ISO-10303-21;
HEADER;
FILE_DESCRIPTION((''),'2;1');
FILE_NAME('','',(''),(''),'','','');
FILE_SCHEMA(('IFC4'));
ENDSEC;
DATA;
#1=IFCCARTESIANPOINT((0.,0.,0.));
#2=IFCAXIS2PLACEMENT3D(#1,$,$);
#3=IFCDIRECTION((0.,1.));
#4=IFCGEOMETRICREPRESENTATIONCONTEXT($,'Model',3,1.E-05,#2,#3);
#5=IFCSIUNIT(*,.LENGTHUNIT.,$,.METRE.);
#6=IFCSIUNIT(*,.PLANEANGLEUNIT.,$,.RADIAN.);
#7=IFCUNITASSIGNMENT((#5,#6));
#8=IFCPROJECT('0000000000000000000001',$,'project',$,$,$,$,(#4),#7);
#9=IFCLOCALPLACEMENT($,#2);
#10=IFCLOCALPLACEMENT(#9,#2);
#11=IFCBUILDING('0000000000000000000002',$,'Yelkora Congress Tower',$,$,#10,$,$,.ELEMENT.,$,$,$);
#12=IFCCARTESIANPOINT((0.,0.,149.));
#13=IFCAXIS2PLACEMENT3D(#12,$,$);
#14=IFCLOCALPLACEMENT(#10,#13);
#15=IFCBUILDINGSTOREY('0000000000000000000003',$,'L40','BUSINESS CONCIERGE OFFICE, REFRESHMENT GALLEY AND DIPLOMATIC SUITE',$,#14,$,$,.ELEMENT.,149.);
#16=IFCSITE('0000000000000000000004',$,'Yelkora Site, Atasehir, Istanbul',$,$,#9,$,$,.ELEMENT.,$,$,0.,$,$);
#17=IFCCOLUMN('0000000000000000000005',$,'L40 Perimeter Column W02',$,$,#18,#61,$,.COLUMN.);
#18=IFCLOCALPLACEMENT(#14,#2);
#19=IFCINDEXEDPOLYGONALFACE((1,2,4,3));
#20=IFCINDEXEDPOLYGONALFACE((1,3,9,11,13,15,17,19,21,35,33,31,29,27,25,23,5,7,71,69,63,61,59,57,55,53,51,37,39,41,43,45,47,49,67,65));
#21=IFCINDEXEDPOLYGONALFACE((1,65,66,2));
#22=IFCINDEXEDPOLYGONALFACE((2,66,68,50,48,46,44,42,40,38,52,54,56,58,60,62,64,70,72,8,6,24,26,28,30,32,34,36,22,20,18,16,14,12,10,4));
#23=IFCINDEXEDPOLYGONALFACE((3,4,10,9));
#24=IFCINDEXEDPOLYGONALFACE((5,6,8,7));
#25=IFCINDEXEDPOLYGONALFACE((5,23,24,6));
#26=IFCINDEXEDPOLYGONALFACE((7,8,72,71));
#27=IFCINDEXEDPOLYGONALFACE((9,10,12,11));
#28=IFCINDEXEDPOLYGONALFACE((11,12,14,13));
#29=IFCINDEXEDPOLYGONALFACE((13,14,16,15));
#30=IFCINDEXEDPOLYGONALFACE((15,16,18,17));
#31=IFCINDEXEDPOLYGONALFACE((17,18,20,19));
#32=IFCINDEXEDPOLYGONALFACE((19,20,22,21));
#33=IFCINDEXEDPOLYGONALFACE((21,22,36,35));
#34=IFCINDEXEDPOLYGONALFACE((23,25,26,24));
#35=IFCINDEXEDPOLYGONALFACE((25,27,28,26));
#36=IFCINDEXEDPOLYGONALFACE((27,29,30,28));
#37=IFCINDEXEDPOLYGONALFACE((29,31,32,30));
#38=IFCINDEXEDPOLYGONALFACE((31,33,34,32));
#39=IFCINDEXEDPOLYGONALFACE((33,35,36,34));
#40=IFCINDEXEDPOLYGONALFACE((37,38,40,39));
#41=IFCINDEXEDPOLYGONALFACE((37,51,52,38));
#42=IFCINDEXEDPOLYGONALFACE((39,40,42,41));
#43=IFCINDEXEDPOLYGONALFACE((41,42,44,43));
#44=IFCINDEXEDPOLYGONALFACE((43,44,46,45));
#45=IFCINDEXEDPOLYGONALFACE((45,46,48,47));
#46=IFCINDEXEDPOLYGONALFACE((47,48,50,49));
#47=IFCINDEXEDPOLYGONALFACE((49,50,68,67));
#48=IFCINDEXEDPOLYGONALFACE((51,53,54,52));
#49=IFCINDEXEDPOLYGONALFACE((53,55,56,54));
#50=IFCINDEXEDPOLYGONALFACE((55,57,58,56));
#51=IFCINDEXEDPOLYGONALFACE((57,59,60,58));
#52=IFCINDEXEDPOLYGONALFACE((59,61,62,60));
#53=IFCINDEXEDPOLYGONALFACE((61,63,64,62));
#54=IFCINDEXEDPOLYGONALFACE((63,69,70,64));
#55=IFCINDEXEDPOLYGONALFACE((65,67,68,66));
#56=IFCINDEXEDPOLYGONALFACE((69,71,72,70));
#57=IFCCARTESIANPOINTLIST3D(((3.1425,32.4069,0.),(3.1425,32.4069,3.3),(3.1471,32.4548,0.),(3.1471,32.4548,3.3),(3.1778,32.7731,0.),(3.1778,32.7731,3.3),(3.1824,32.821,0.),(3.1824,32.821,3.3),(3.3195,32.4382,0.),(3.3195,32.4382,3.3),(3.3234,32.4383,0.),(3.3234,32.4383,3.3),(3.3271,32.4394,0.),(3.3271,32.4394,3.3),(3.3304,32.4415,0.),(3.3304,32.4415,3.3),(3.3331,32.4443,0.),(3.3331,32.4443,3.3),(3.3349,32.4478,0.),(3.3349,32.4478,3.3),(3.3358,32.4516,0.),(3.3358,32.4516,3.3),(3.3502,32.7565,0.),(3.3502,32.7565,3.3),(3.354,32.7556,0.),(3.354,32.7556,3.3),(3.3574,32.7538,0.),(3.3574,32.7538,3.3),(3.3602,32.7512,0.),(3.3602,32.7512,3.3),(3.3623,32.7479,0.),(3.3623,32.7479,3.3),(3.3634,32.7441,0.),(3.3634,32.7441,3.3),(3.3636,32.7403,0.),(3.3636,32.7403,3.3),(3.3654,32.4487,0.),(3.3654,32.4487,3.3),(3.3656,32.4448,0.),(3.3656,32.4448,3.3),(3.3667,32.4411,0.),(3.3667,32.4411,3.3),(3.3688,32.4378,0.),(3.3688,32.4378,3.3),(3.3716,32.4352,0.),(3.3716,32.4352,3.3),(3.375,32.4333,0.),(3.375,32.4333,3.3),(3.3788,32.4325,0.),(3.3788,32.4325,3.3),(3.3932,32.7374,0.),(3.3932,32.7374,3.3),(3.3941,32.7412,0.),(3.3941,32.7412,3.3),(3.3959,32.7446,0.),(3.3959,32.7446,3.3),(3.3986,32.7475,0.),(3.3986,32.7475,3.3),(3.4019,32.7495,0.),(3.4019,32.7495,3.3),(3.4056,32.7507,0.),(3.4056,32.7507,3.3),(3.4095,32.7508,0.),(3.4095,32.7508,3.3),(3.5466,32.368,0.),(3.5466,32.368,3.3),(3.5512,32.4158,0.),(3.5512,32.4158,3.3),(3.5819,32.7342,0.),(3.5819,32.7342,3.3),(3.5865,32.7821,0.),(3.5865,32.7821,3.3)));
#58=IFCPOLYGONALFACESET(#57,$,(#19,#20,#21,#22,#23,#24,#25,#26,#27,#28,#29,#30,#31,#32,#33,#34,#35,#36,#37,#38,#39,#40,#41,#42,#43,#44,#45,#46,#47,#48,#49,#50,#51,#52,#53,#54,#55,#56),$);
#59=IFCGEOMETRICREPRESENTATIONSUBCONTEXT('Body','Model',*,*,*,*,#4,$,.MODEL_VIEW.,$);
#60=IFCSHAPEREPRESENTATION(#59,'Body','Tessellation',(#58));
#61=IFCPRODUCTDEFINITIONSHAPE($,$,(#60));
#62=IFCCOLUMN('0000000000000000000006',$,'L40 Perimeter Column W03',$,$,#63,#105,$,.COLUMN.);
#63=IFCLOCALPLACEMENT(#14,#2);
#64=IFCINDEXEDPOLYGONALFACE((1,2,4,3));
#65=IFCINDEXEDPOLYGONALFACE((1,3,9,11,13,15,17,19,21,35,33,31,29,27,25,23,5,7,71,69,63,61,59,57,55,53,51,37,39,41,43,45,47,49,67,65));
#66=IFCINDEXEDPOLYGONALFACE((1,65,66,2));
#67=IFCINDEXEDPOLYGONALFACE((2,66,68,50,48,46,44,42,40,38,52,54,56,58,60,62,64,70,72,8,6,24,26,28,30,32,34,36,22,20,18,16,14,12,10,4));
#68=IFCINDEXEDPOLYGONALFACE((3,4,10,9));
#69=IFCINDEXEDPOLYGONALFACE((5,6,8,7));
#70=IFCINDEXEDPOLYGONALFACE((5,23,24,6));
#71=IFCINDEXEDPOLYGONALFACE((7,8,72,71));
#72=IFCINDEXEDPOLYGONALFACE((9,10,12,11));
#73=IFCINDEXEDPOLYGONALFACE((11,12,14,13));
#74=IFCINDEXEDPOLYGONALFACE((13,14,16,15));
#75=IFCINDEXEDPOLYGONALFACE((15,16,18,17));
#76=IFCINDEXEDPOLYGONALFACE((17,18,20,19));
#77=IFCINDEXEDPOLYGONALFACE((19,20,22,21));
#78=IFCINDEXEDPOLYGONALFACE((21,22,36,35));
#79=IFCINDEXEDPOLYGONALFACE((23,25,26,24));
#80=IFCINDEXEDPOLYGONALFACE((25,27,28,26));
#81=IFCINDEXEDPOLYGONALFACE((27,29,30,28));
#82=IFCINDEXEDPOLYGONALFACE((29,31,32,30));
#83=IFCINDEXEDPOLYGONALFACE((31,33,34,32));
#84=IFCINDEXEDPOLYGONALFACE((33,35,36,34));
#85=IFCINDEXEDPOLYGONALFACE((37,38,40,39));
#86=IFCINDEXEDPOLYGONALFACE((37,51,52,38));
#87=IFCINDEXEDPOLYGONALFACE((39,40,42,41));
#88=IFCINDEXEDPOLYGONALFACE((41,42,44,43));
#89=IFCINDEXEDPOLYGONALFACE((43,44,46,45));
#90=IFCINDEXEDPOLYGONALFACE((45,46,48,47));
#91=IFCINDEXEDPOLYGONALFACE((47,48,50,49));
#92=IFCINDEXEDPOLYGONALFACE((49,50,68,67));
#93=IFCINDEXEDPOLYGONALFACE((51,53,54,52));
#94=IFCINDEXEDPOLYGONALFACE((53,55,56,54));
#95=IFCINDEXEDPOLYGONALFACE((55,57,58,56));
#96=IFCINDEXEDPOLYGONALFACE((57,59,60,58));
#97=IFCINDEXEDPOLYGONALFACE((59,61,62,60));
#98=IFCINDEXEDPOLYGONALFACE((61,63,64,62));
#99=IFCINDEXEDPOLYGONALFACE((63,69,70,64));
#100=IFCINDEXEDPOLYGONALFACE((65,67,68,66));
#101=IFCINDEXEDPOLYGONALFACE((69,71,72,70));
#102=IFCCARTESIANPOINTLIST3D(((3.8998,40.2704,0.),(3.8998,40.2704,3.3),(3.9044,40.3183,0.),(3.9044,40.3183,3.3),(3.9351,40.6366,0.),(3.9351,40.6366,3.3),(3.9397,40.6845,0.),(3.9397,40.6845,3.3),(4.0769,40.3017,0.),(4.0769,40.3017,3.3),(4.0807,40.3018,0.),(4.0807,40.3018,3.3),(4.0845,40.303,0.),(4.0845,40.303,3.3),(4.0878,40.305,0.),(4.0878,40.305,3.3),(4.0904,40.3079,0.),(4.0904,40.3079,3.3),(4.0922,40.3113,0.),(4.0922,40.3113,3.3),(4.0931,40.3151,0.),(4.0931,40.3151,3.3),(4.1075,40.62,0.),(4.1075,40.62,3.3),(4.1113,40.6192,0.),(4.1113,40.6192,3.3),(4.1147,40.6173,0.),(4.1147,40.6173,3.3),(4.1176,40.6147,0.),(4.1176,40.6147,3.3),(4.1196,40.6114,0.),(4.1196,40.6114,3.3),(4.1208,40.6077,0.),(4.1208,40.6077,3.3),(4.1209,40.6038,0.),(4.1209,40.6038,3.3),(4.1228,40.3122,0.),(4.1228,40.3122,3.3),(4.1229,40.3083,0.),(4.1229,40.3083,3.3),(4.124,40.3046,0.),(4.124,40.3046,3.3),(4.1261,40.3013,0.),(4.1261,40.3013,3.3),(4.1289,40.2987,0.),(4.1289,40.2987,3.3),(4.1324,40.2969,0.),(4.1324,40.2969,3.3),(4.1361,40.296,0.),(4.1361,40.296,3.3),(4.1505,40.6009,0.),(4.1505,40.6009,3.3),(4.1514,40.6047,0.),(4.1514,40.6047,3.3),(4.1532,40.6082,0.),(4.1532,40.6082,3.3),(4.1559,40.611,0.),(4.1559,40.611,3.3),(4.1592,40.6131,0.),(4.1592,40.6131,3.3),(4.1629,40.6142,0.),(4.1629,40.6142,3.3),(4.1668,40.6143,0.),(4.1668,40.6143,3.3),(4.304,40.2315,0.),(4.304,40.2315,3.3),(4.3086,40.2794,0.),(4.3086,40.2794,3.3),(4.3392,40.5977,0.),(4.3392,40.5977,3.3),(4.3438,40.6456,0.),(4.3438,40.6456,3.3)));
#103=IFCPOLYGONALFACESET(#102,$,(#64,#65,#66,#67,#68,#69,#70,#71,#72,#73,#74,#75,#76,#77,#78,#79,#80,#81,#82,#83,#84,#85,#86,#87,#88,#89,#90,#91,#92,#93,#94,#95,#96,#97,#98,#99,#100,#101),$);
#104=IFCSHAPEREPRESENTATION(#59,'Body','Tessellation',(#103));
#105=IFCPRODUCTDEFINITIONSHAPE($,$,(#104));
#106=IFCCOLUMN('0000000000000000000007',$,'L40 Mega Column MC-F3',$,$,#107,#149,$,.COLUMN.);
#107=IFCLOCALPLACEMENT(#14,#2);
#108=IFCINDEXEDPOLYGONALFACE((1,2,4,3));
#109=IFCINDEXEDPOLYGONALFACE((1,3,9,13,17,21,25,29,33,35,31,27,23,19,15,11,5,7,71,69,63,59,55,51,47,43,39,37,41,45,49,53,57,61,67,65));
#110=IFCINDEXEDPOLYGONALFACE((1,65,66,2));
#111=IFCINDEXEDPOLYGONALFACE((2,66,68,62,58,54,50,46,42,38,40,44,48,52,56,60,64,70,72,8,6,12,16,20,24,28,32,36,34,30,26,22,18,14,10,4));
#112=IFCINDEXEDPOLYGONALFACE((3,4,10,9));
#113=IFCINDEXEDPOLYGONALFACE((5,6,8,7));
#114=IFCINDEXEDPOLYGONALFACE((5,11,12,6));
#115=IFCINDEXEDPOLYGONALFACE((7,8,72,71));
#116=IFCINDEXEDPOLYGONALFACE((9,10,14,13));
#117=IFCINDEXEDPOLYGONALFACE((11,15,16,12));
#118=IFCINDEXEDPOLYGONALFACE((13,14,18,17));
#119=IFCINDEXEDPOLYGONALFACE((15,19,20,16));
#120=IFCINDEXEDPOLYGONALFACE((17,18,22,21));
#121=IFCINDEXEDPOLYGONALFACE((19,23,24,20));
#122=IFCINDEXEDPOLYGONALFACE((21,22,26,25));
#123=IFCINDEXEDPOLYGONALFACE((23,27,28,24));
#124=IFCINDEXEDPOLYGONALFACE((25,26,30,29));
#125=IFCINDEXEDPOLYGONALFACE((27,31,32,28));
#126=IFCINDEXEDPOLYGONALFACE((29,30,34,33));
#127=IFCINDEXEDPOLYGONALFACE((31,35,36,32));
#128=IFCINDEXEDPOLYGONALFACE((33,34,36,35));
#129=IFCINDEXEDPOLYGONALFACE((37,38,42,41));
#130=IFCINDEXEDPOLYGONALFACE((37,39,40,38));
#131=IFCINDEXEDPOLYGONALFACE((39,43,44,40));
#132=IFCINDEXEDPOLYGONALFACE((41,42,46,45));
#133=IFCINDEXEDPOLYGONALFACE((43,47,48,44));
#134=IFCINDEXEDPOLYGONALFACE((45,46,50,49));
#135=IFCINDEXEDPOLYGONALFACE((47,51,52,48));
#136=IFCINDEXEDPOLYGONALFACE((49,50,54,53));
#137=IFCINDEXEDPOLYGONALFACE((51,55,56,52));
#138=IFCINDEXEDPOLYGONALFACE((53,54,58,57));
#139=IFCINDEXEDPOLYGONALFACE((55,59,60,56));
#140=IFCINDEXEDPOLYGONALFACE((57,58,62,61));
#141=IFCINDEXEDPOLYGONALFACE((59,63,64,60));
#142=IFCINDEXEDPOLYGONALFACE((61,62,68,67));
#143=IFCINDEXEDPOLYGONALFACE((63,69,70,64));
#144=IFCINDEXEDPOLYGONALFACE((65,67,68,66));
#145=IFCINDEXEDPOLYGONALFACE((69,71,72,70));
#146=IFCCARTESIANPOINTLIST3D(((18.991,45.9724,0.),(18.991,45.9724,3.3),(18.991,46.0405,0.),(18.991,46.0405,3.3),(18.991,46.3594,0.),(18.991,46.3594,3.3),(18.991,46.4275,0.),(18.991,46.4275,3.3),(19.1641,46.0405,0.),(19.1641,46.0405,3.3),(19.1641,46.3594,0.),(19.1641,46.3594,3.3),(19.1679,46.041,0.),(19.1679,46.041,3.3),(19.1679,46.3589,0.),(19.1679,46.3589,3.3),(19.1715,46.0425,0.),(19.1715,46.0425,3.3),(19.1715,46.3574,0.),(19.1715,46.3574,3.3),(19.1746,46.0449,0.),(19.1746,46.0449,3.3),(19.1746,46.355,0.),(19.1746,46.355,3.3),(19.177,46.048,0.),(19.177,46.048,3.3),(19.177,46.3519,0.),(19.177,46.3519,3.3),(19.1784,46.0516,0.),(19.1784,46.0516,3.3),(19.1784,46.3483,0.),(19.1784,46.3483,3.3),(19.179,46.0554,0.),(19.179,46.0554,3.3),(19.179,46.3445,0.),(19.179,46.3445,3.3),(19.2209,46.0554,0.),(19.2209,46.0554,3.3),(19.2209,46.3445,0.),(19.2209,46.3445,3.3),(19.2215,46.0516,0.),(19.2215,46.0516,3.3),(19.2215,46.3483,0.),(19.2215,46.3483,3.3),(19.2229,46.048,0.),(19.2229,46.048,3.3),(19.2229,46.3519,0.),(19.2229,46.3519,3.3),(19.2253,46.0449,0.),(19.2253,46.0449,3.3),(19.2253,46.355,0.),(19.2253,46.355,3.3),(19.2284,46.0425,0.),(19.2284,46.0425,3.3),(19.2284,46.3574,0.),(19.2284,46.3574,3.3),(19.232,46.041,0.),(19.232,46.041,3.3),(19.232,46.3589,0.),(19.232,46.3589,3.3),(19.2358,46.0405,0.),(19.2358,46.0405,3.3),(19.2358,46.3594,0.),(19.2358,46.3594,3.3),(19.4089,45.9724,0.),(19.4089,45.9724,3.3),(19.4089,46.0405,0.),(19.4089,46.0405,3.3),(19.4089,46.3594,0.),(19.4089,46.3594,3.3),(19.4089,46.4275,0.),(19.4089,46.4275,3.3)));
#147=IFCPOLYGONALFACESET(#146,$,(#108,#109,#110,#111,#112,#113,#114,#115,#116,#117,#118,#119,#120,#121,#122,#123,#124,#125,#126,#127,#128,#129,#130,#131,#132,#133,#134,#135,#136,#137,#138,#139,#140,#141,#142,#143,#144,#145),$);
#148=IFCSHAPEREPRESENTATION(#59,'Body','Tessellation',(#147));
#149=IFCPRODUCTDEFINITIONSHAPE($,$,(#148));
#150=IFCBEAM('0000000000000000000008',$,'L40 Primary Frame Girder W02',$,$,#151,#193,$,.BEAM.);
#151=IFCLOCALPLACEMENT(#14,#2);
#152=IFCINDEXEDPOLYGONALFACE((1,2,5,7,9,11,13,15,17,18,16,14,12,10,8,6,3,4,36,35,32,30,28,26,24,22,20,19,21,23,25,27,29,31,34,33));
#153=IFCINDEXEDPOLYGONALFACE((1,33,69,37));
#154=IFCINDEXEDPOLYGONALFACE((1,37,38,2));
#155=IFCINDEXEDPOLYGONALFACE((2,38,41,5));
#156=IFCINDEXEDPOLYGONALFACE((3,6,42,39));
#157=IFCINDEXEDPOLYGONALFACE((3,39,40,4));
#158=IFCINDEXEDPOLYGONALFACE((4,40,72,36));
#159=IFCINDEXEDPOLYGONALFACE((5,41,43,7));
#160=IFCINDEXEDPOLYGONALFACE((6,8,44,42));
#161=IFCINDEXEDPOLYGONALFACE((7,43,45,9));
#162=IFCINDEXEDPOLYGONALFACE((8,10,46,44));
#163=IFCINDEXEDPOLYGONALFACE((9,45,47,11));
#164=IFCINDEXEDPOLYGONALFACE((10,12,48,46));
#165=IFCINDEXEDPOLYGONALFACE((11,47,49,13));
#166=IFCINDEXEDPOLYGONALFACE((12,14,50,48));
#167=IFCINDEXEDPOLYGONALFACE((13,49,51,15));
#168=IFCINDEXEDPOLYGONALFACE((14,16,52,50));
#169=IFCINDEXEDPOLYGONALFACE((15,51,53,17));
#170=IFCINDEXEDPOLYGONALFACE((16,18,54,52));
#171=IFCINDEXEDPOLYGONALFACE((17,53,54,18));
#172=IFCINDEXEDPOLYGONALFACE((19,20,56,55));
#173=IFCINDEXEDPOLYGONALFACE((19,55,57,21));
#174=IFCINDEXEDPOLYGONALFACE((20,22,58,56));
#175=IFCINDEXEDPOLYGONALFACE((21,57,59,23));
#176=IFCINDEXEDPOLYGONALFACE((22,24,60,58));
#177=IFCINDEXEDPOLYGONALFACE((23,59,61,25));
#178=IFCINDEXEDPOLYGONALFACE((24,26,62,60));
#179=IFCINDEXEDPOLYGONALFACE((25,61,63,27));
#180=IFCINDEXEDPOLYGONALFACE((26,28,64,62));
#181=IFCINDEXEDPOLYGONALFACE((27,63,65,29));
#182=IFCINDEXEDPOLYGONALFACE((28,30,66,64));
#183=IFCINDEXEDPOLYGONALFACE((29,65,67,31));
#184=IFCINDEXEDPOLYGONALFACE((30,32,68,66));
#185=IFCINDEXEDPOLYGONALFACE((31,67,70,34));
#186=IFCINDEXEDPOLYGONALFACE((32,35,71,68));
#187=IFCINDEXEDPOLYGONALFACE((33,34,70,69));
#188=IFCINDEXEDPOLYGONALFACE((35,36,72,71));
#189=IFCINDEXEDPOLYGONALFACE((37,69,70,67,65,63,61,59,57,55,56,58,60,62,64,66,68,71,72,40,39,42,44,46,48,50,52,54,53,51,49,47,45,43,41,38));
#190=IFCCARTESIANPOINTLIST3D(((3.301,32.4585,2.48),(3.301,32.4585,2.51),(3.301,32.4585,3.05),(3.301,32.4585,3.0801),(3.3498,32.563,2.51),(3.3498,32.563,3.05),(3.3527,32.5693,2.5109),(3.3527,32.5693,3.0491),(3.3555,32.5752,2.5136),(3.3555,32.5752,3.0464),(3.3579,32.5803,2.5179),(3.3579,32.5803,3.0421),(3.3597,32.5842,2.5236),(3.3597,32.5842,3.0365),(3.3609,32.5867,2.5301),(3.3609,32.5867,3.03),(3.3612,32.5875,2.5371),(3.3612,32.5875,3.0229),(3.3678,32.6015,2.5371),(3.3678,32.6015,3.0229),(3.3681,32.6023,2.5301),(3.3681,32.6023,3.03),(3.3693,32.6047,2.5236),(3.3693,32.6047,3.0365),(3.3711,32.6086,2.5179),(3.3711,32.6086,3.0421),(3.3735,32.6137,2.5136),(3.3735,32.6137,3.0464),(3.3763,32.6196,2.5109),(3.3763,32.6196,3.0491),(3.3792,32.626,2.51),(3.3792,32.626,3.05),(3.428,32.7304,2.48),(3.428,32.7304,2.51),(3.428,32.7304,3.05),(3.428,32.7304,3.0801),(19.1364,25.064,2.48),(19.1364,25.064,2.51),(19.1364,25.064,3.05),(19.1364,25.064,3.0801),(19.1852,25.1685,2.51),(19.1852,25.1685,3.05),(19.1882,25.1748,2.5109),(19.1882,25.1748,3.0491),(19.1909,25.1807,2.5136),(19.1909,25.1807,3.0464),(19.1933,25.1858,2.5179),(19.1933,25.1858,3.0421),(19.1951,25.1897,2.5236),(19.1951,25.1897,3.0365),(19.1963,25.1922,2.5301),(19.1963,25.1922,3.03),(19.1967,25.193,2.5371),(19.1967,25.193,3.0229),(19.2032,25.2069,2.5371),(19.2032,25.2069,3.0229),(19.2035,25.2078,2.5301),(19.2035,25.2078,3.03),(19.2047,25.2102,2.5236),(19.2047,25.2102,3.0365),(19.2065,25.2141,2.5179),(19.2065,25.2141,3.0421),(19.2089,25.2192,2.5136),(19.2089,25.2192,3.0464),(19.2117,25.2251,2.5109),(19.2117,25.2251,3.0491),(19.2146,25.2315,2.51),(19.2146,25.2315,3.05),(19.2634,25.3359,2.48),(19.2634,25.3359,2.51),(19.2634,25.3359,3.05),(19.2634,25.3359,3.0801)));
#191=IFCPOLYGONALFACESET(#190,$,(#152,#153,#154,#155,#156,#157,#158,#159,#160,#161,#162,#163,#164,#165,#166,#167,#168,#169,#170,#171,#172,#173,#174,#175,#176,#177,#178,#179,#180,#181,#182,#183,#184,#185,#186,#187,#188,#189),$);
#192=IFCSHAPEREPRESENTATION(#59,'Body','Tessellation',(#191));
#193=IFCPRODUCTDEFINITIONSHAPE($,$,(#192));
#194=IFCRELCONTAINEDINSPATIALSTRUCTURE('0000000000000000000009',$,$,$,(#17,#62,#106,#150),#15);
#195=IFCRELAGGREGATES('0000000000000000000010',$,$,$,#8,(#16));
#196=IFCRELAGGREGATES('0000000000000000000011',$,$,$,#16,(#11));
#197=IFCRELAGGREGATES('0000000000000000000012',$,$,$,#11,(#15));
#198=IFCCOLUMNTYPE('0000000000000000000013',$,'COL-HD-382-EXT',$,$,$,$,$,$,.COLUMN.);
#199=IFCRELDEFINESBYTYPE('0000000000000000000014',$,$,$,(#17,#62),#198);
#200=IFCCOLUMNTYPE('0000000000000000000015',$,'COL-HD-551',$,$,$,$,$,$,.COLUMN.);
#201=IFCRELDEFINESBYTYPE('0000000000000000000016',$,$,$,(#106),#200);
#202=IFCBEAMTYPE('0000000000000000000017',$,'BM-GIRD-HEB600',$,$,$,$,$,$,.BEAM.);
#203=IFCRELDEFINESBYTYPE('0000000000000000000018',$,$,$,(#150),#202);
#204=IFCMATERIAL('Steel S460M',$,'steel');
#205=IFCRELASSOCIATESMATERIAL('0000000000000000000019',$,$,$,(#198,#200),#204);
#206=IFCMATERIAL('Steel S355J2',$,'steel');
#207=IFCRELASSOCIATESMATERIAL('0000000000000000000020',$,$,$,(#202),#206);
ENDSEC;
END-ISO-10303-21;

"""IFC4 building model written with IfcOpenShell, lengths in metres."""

from ifc_helpers import new_model, si_unit, direction, frame, origin, origin_2d, place, context, subcontext, project, spatial, i_section, extrude, material, material_profile, profile_set, type_object, element, save


model = new_model("IFC4")

# Units and contexts
model_context = context("Model", 3, precision=1e-05, world=origin(), true_north=direction((0.0, 1.0)))
body_context = subcontext(model_context, "Body", "Model", "MODEL_VIEW")
ifc_project = project(units=[si_unit("LENGTHUNIT", "METRE"), si_unit("PLANEANGLEUNIT", "RADIAN")], contexts=[model_context])

# Site, building, storey
site_placement = place(None, origin())
site = spatial("IfcSite", under=ifc_project, at=site_placement, Name="Yelkora Site, Atasehir, Istanbul", CompositionType="ELEMENT", RefElevation=0.0)
building_placement = place(site_placement, origin())
building = spatial("IfcBuilding", under=site, at=building_placement, Name="Yelkora Congress Tower", CompositionType="ELEMENT")
storey_placement = place(building_placement, frame((0.0, 0.0, 149.0)))
storey = spatial("IfcBuildingStorey", under=building, at=storey_placement, Name="L40", Description="BUSINESS CONCIERGE OFFICE, REFRESHMENT GALLEY AND DIPLOMATIC SUITE", CompositionType="ELEMENT", Elevation=149.0)

# Columns
ifc_material_1 = material(Name="Steel S460M", Category="steel")
ifc_material_profile_1 = material_profile(ifc_material_1, i_section(OverallWidth=0.406, OverallDepth=0.416, WebThickness=0.0298, FlangeThickness=0.0481, FilletRadius=0.0149, at=origin_2d()), Name="HD 400x382")
ifc_profile_set_1 = profile_set([ifc_material_profile_1], Name="Steel S460M")
column_type_1 = type_object("IfcColumnType", Name="COL-HD-382-EXT", PredefinedType="COLUMN", material=ifc_profile_set_1)
for number, where, z_axis, x_axis, name in (
    (1, (3.3645, 32.5945, 0.0), (0.0, 0.0, 1.0), (0.995396, -0.095846, 0.0), "L40 Perimeter Column W02"),
    (2, (4.1218, 40.458, 0.0), (0.0, 0.0, 1.0), (0.995396, -0.095846, 0.0), "L40 Perimeter Column W03"),
):
    element("IfcColumn", number, at=place(storey_placement, frame(where, z_axis=z_axis, x_axis=x_axis)), inside=storey, type_object=column_type_1, Name=name, PredefinedType="COLUMN", context=body_context, shape_type="SweptSolid", body=[
        extrude(i_section(OverallWidth=0.406, OverallDepth=0.416, WebThickness=0.0298, FlangeThickness=0.0481, FilletRadius=0.0149, at=origin_2d()), origin(), (0.0, 0.0, 1.0), 3.3),
    ])
ifc_material_profile_2 = material_profile(ifc_material_1, i_section(OverallWidth=0.418, OverallDepth=0.4551, WebThickness=0.042, FlangeThickness=0.0681, FilletRadius=0.0149, at=origin_2d()), Name="HD 400x551")
ifc_profile_set_2 = profile_set([ifc_material_profile_2], Name="Steel S460M")
column_type_2 = type_object("IfcColumnType", Name="COL-HD-551", PredefinedType="COLUMN", material=ifc_profile_set_2)
column_placement = place(storey_placement, frame((19.2, 46.2, 0.0), z_axis=(0.0, 0.0, 1.0), x_axis=(1.0, 0.0, 0.0)))
element("IfcColumn", 3, at=column_placement, inside=storey, type_object=column_type_2, Name="L40 Mega Column MC-F3", PredefinedType="COLUMN", context=body_context, shape_type="SweptSolid", body=[
    extrude(i_section(OverallWidth=0.418, OverallDepth=0.4551, WebThickness=0.042, FlangeThickness=0.0681, FilletRadius=0.0149, at=origin_2d()), origin(), (0.0, 0.0, 1.0), 3.3),
])

# Beam
ifc_material_2 = material(Name="Steel S355J2", Category="steel")
ifc_material_profile_3 = material_profile(ifc_material_2, i_section(OverallWidth=0.3, OverallDepth=0.6001, WebThickness=0.0154, FlangeThickness=0.03, FilletRadius=0.0271, at=origin_2d()), Name="HEB 600")
ifc_profile_set_3 = profile_set([ifc_material_profile_3], Name="Steel S355J2")
beam_type_1 = type_object("IfcBeamType", Name="BM-GIRD-HEB600", PredefinedType="BEAM", material=ifc_profile_set_3)
beam_1_placement = place(storey_placement, frame((3.3645, 32.5945, 2.78), z_axis=(0.906081, -0.423104, 0.0), x_axis=(0.423104, 0.906081, 0.0)))
element("IfcBeam", 4, at=beam_1_placement, inside=storey, type_object=beam_type_1, Name="L40 Primary Frame Girder W02", PredefinedType="BEAM", context=body_context, shape_type="SweptSolid", body=[
    extrude(i_section(OverallWidth=0.3, OverallDepth=0.6001, WebThickness=0.0154, FlangeThickness=0.03, FilletRadius=0.0271, at=origin_2d()), origin(), (0.0, 0.0, 1.0), 17.4768),
])

save(model, "model.ifc")
